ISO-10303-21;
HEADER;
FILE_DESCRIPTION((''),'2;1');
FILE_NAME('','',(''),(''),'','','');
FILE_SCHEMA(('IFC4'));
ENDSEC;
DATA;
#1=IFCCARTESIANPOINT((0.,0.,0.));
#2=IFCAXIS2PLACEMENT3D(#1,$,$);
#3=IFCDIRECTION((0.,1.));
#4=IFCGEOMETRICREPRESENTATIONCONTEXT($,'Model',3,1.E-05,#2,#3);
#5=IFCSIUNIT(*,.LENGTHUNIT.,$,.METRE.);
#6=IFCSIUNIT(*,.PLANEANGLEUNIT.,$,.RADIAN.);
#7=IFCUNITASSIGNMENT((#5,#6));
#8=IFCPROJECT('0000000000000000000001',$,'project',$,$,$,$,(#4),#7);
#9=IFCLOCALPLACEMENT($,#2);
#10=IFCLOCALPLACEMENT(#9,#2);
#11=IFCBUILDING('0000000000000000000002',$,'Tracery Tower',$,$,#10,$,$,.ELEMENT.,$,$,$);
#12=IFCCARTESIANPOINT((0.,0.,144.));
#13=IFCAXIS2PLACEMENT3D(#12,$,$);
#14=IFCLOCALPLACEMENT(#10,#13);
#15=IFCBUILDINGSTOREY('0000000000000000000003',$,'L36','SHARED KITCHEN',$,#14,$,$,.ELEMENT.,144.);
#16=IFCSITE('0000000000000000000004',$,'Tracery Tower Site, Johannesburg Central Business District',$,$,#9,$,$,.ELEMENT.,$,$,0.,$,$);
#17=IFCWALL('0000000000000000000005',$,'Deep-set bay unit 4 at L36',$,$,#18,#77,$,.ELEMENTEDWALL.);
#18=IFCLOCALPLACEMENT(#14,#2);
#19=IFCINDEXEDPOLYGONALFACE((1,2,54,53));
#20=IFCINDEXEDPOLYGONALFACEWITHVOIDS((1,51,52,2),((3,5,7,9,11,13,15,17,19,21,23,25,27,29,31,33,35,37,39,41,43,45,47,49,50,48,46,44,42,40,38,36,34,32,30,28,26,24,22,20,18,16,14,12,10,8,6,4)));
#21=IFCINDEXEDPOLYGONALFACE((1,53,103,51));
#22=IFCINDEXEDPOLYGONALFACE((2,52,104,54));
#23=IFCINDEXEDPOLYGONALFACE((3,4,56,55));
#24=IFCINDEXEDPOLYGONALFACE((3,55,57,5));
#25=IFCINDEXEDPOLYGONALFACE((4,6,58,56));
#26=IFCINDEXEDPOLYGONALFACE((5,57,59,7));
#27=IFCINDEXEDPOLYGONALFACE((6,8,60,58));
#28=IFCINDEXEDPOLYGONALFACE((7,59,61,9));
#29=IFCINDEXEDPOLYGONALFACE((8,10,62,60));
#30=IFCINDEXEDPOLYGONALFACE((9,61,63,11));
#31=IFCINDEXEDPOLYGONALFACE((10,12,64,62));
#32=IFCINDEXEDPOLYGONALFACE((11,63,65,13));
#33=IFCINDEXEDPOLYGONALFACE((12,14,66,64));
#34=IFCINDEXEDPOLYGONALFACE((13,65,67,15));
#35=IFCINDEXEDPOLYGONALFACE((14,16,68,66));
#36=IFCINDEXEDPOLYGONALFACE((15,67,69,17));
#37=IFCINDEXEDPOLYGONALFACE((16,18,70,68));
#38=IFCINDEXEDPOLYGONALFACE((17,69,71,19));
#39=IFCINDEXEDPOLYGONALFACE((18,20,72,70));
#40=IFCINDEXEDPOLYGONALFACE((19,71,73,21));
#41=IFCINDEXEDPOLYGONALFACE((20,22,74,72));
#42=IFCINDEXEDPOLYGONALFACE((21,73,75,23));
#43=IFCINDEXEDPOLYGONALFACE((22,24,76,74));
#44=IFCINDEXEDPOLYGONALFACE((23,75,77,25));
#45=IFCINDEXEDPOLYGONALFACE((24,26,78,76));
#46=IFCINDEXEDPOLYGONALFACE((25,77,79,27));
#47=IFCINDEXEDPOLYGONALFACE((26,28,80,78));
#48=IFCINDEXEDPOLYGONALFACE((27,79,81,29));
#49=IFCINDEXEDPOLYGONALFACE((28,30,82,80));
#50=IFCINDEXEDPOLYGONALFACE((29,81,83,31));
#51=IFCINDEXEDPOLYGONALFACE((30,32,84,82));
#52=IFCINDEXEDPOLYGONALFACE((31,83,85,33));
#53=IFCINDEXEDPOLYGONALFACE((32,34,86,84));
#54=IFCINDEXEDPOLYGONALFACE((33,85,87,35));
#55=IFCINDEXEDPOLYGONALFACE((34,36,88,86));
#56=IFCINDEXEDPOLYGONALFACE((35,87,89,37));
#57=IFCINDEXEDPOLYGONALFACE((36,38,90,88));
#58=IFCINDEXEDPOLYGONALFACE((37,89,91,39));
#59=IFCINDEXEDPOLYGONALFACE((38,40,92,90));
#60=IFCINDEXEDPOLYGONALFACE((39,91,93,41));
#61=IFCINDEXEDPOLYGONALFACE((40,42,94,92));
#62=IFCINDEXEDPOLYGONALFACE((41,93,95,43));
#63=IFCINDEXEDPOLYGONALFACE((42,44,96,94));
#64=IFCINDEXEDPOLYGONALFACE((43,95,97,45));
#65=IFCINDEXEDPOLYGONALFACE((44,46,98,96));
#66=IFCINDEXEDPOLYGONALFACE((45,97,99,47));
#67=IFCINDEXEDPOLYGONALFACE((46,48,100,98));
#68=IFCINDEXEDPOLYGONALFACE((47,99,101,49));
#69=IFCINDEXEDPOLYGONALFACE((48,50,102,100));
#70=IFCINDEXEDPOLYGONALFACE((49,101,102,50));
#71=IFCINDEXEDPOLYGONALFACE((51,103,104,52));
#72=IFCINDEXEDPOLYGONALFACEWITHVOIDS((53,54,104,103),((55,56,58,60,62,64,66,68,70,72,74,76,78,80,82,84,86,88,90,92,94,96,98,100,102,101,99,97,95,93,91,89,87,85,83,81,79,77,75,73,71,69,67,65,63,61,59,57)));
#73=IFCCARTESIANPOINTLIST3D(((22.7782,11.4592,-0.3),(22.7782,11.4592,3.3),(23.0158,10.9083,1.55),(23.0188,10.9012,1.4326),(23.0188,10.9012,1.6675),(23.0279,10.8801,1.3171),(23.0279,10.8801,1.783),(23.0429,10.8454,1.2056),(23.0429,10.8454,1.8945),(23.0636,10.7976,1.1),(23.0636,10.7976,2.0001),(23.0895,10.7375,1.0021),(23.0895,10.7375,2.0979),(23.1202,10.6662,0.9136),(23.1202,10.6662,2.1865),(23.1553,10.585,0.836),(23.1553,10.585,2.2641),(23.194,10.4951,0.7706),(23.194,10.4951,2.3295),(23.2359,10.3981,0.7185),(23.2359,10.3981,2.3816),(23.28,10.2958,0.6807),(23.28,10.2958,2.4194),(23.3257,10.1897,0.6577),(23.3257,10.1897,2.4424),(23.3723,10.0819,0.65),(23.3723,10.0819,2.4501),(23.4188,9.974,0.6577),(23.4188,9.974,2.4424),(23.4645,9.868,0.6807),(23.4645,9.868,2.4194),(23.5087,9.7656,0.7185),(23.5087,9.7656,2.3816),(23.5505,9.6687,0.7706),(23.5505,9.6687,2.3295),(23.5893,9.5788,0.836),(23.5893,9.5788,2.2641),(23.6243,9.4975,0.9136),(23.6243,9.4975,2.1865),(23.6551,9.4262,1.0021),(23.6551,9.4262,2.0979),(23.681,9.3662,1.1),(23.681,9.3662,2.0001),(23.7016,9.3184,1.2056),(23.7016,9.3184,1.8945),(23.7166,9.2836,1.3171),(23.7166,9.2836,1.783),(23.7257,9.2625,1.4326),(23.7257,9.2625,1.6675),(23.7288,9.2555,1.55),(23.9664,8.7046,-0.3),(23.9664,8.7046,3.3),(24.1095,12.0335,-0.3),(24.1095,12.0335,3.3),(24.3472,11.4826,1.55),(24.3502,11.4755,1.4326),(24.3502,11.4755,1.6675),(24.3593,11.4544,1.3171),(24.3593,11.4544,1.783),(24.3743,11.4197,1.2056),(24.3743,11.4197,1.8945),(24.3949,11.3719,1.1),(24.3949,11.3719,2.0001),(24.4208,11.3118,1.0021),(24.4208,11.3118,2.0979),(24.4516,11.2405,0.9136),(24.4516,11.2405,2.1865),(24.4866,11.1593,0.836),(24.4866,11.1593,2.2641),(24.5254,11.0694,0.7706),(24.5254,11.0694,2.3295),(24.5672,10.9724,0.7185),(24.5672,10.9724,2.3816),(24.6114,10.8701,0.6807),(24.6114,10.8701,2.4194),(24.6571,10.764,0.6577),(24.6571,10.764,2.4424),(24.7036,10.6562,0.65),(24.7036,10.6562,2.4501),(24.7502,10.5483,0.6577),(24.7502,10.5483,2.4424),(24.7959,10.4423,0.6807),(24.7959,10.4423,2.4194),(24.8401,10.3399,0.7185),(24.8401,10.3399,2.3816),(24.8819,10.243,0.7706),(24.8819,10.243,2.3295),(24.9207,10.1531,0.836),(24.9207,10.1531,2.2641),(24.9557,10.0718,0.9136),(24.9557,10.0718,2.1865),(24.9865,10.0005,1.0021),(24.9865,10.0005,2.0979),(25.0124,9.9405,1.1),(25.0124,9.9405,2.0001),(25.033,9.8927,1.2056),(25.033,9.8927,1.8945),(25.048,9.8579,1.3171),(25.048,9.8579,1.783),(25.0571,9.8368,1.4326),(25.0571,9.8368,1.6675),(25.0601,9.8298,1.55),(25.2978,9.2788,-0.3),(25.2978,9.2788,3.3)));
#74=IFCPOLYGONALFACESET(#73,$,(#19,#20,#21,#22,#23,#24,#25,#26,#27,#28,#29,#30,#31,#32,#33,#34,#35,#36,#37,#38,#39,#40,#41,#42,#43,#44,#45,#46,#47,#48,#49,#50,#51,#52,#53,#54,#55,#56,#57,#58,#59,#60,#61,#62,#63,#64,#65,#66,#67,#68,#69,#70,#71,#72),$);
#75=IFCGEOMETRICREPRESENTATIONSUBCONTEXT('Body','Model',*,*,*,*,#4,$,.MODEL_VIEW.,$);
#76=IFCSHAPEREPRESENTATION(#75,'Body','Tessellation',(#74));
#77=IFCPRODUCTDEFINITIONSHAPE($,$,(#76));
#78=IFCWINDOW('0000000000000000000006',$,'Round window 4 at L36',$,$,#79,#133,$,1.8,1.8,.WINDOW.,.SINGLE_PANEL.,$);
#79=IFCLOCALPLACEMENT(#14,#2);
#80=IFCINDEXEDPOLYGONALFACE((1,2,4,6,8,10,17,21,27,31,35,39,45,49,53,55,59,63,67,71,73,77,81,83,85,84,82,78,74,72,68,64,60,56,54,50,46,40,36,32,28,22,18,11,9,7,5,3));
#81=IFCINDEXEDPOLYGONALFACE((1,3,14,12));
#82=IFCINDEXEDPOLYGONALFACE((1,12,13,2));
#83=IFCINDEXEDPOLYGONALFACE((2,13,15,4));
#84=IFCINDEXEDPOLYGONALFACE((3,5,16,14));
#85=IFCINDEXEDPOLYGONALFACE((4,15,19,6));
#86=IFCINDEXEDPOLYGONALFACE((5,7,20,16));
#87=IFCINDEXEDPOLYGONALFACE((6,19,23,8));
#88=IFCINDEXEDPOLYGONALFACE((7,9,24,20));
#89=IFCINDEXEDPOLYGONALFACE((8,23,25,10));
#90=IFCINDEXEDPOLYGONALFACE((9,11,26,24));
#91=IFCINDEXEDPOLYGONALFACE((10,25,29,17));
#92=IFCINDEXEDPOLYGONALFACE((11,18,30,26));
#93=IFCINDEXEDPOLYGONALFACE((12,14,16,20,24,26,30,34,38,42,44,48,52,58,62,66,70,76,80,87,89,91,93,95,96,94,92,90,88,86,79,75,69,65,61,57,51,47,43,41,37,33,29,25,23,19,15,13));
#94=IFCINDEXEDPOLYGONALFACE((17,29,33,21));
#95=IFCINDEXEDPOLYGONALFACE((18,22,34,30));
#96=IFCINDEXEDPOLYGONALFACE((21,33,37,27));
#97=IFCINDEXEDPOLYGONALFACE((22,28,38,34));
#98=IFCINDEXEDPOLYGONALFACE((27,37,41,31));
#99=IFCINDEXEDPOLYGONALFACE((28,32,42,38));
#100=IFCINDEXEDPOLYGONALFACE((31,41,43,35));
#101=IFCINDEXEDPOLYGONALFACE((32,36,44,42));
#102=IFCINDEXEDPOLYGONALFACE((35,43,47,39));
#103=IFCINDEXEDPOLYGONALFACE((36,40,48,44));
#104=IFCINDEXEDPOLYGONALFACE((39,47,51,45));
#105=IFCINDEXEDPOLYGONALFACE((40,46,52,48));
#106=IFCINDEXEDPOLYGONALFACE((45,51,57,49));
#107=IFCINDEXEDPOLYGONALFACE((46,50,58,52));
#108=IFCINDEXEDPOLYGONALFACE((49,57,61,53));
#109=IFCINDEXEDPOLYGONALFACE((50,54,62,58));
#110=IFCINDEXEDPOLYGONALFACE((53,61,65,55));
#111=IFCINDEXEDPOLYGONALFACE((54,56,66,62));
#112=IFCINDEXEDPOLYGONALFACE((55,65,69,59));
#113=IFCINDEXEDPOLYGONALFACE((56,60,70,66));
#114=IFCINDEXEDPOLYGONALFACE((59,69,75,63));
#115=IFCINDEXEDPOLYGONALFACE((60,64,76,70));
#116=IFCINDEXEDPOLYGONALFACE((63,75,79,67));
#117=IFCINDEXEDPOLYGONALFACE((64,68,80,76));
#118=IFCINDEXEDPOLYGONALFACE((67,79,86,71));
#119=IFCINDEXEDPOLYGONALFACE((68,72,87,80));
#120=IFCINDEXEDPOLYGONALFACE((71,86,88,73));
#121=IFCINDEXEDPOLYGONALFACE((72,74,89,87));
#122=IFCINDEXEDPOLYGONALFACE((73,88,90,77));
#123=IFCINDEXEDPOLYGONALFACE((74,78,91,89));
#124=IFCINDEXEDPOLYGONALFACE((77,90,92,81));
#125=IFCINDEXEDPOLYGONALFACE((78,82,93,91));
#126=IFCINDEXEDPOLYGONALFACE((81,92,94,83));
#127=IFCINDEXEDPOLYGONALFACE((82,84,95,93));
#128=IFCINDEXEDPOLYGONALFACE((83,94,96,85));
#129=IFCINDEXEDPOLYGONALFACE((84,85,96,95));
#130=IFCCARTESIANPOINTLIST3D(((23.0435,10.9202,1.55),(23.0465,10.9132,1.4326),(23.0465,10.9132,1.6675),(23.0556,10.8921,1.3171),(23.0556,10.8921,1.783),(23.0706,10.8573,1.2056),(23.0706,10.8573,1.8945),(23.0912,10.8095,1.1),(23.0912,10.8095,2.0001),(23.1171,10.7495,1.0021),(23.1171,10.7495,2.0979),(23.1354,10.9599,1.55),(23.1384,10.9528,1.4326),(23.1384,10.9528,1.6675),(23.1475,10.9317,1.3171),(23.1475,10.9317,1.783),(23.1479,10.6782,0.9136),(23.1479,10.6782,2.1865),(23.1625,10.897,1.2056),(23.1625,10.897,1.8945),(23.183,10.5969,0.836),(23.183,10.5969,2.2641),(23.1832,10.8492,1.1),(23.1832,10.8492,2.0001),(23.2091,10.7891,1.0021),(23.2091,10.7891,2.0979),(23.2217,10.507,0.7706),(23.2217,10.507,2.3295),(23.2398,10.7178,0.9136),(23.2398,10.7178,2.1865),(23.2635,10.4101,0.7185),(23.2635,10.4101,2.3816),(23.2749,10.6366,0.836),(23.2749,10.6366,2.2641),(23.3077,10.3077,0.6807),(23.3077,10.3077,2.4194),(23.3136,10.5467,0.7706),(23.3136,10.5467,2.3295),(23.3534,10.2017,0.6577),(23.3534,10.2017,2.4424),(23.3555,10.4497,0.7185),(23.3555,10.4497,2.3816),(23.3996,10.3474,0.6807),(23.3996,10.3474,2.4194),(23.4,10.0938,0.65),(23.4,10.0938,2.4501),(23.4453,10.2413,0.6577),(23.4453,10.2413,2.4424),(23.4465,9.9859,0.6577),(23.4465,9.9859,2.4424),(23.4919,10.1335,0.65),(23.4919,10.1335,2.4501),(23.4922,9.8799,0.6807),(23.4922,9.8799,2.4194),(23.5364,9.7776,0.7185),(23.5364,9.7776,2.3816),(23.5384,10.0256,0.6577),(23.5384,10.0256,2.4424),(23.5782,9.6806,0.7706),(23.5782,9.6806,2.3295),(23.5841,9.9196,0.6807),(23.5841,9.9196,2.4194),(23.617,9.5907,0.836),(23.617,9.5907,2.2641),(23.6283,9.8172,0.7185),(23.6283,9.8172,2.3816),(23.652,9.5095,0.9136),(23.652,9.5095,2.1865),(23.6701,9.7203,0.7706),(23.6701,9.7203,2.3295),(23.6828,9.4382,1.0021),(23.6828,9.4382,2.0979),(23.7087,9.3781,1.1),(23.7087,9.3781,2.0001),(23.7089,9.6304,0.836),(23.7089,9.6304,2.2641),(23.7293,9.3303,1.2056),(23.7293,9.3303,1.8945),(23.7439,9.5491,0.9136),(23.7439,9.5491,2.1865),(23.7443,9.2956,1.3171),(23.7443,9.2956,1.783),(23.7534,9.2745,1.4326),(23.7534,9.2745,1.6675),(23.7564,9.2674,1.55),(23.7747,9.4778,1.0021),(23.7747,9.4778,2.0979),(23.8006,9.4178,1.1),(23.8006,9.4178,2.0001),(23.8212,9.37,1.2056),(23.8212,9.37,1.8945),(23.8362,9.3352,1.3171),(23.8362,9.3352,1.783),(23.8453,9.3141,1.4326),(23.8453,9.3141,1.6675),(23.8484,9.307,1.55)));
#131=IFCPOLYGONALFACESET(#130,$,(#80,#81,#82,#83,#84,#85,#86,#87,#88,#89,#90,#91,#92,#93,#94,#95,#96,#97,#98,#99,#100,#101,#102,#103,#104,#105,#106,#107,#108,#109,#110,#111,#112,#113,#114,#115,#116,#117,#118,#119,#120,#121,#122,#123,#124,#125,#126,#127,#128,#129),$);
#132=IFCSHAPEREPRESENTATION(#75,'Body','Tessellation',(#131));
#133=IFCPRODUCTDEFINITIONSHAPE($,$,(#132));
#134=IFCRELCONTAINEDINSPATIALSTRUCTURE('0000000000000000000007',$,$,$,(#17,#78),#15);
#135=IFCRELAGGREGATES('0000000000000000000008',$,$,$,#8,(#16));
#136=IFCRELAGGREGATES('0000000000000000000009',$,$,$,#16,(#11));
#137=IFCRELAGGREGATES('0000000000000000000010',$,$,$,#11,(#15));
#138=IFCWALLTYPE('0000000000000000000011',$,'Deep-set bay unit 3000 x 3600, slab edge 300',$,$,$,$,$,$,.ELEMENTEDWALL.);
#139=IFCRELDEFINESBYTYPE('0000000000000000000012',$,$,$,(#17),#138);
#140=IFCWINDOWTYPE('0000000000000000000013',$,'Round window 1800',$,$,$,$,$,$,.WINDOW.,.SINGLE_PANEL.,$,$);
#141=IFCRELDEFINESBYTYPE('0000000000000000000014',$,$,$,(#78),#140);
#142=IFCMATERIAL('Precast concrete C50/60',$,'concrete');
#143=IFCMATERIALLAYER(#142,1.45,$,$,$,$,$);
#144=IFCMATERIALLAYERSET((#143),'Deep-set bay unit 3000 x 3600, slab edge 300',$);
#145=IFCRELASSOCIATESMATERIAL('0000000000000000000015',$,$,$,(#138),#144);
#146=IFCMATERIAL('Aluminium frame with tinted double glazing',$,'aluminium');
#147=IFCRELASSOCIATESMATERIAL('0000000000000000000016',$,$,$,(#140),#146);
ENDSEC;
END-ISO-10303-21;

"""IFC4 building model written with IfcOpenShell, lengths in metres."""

from ifc_helpers import new_model, si_unit, direction, frame, frame_2d, origin, origin_2d, place, context, subcontext, project, spatial, rectangle, circle, extrude, material, layer, layer_set, type_object, element, fill, save


model = new_model("IFC4")

# Units and contexts
model_context = context("Model", 3, precision=1e-05, world=origin(), true_north=direction((0.0, 1.0)))
body_context = subcontext(model_context, "Body", "Model", "MODEL_VIEW")
ifc_project = project(units=[si_unit("LENGTHUNIT", "METRE"), si_unit("PLANEANGLEUNIT", "RADIAN")], contexts=[model_context])

# Site, building, storey
site_placement = place(None, origin())
site = spatial("IfcSite", under=ifc_project, at=site_placement, Name="Tracery Tower Site, Johannesburg Central Business District", CompositionType="ELEMENT", RefElevation=0.0)
building_placement = place(site_placement, origin())
building = spatial("IfcBuilding", under=site, at=building_placement, Name="Tracery Tower", CompositionType="ELEMENT")
storey_placement = place(building_placement, frame((0.0, 0.0, 144.0)))
storey = spatial("IfcBuildingStorey", under=building, at=storey_placement, Name="L36", Description="SHARED KITCHEN", CompositionType="ELEMENT", Elevation=144.0)

# Wall, opening, window
ifc_material_1 = material(Name="Precast concrete C50/60", Category="concrete")
ifc_layer_1 = layer(ifc_material_1, 1.45)
ifc_layer_set_1 = layer_set([ifc_layer_1], Name="Deep-set bay unit 3000 x 3600, slab edge 300")
wall_type_1 = type_object("IfcWallType", Name="Deep-set bay unit 3000 x 3600, slab edge 300", PredefinedType="ELEMENTEDWALL", material=ifc_layer_set_1)
ifc_material_2 = material(Name="Aluminium frame with tinted double glazing", Category="aluminium")
window_type = type_object("IfcWindowType", Name="Round window 1800", PartitioningType="SINGLE_PANEL", PredefinedType="WINDOW", material=ifc_material_2)
wall_1_placement = place(storey_placement, frame((24.6321, 8.9917, -0.3), z_axis=(0.0, 0.0, 1.0), x_axis=(-0.396079, 0.918216, 0.0)))
wall_1 = element("IfcWall", 1, at=wall_1_placement, inside=storey, type_object=wall_type_1, Name="Deep-set bay unit 4 at L36", PredefinedType="ELEMENTEDWALL", context=body_context, shape_type="SweptSolid", body=[
    extrude(rectangle(XDim=3.0, YDim=1.45, at=frame_2d((1.5, 0.0))), origin(), (0.0, 0.0, 1.0), 3.6001),
])
opening_1_placement = place(wall_1_placement, frame((1.5, 0.0, 1.8501)))
opening_1 = element("IfcOpeningElement", 2, at=opening_1_placement, cuts=wall_1, PredefinedType="OPENING", context=body_context, shape_type="SweptSolid", body=[
    extrude(circle(Radius=0.9, at=origin_2d()), frame((0.0, 0.7349, 0.0), z_axis=(0.0, -1.0, 0.0), x_axis=(1.0, 0.0, 0.0)), (0.0, 0.0, 1.0), 1.47),
])
window_1_placement = place(opening_1_placement, origin())
window_1 = element("IfcWindow", 3, at=window_1_placement, inside=storey, type_object=window_type, Name="Round window 4 at L36", OverallHeight=1.8, OverallWidth=1.8, PartitioningType="SINGLE_PANEL", PredefinedType="WINDOW", context=body_context, shape_type="SweptSolid", body=[
    extrude(circle(Radius=0.9, at=origin_2d()), frame((0.0, 0.6948, 0.0), z_axis=(0.0, -1.0, 0.0), x_axis=(1.0, 0.0, 0.0)), (0.0, 0.0, 1.0), 0.1001),
])
fill(opening_1, window_1)

save(model, "model.ifc")
